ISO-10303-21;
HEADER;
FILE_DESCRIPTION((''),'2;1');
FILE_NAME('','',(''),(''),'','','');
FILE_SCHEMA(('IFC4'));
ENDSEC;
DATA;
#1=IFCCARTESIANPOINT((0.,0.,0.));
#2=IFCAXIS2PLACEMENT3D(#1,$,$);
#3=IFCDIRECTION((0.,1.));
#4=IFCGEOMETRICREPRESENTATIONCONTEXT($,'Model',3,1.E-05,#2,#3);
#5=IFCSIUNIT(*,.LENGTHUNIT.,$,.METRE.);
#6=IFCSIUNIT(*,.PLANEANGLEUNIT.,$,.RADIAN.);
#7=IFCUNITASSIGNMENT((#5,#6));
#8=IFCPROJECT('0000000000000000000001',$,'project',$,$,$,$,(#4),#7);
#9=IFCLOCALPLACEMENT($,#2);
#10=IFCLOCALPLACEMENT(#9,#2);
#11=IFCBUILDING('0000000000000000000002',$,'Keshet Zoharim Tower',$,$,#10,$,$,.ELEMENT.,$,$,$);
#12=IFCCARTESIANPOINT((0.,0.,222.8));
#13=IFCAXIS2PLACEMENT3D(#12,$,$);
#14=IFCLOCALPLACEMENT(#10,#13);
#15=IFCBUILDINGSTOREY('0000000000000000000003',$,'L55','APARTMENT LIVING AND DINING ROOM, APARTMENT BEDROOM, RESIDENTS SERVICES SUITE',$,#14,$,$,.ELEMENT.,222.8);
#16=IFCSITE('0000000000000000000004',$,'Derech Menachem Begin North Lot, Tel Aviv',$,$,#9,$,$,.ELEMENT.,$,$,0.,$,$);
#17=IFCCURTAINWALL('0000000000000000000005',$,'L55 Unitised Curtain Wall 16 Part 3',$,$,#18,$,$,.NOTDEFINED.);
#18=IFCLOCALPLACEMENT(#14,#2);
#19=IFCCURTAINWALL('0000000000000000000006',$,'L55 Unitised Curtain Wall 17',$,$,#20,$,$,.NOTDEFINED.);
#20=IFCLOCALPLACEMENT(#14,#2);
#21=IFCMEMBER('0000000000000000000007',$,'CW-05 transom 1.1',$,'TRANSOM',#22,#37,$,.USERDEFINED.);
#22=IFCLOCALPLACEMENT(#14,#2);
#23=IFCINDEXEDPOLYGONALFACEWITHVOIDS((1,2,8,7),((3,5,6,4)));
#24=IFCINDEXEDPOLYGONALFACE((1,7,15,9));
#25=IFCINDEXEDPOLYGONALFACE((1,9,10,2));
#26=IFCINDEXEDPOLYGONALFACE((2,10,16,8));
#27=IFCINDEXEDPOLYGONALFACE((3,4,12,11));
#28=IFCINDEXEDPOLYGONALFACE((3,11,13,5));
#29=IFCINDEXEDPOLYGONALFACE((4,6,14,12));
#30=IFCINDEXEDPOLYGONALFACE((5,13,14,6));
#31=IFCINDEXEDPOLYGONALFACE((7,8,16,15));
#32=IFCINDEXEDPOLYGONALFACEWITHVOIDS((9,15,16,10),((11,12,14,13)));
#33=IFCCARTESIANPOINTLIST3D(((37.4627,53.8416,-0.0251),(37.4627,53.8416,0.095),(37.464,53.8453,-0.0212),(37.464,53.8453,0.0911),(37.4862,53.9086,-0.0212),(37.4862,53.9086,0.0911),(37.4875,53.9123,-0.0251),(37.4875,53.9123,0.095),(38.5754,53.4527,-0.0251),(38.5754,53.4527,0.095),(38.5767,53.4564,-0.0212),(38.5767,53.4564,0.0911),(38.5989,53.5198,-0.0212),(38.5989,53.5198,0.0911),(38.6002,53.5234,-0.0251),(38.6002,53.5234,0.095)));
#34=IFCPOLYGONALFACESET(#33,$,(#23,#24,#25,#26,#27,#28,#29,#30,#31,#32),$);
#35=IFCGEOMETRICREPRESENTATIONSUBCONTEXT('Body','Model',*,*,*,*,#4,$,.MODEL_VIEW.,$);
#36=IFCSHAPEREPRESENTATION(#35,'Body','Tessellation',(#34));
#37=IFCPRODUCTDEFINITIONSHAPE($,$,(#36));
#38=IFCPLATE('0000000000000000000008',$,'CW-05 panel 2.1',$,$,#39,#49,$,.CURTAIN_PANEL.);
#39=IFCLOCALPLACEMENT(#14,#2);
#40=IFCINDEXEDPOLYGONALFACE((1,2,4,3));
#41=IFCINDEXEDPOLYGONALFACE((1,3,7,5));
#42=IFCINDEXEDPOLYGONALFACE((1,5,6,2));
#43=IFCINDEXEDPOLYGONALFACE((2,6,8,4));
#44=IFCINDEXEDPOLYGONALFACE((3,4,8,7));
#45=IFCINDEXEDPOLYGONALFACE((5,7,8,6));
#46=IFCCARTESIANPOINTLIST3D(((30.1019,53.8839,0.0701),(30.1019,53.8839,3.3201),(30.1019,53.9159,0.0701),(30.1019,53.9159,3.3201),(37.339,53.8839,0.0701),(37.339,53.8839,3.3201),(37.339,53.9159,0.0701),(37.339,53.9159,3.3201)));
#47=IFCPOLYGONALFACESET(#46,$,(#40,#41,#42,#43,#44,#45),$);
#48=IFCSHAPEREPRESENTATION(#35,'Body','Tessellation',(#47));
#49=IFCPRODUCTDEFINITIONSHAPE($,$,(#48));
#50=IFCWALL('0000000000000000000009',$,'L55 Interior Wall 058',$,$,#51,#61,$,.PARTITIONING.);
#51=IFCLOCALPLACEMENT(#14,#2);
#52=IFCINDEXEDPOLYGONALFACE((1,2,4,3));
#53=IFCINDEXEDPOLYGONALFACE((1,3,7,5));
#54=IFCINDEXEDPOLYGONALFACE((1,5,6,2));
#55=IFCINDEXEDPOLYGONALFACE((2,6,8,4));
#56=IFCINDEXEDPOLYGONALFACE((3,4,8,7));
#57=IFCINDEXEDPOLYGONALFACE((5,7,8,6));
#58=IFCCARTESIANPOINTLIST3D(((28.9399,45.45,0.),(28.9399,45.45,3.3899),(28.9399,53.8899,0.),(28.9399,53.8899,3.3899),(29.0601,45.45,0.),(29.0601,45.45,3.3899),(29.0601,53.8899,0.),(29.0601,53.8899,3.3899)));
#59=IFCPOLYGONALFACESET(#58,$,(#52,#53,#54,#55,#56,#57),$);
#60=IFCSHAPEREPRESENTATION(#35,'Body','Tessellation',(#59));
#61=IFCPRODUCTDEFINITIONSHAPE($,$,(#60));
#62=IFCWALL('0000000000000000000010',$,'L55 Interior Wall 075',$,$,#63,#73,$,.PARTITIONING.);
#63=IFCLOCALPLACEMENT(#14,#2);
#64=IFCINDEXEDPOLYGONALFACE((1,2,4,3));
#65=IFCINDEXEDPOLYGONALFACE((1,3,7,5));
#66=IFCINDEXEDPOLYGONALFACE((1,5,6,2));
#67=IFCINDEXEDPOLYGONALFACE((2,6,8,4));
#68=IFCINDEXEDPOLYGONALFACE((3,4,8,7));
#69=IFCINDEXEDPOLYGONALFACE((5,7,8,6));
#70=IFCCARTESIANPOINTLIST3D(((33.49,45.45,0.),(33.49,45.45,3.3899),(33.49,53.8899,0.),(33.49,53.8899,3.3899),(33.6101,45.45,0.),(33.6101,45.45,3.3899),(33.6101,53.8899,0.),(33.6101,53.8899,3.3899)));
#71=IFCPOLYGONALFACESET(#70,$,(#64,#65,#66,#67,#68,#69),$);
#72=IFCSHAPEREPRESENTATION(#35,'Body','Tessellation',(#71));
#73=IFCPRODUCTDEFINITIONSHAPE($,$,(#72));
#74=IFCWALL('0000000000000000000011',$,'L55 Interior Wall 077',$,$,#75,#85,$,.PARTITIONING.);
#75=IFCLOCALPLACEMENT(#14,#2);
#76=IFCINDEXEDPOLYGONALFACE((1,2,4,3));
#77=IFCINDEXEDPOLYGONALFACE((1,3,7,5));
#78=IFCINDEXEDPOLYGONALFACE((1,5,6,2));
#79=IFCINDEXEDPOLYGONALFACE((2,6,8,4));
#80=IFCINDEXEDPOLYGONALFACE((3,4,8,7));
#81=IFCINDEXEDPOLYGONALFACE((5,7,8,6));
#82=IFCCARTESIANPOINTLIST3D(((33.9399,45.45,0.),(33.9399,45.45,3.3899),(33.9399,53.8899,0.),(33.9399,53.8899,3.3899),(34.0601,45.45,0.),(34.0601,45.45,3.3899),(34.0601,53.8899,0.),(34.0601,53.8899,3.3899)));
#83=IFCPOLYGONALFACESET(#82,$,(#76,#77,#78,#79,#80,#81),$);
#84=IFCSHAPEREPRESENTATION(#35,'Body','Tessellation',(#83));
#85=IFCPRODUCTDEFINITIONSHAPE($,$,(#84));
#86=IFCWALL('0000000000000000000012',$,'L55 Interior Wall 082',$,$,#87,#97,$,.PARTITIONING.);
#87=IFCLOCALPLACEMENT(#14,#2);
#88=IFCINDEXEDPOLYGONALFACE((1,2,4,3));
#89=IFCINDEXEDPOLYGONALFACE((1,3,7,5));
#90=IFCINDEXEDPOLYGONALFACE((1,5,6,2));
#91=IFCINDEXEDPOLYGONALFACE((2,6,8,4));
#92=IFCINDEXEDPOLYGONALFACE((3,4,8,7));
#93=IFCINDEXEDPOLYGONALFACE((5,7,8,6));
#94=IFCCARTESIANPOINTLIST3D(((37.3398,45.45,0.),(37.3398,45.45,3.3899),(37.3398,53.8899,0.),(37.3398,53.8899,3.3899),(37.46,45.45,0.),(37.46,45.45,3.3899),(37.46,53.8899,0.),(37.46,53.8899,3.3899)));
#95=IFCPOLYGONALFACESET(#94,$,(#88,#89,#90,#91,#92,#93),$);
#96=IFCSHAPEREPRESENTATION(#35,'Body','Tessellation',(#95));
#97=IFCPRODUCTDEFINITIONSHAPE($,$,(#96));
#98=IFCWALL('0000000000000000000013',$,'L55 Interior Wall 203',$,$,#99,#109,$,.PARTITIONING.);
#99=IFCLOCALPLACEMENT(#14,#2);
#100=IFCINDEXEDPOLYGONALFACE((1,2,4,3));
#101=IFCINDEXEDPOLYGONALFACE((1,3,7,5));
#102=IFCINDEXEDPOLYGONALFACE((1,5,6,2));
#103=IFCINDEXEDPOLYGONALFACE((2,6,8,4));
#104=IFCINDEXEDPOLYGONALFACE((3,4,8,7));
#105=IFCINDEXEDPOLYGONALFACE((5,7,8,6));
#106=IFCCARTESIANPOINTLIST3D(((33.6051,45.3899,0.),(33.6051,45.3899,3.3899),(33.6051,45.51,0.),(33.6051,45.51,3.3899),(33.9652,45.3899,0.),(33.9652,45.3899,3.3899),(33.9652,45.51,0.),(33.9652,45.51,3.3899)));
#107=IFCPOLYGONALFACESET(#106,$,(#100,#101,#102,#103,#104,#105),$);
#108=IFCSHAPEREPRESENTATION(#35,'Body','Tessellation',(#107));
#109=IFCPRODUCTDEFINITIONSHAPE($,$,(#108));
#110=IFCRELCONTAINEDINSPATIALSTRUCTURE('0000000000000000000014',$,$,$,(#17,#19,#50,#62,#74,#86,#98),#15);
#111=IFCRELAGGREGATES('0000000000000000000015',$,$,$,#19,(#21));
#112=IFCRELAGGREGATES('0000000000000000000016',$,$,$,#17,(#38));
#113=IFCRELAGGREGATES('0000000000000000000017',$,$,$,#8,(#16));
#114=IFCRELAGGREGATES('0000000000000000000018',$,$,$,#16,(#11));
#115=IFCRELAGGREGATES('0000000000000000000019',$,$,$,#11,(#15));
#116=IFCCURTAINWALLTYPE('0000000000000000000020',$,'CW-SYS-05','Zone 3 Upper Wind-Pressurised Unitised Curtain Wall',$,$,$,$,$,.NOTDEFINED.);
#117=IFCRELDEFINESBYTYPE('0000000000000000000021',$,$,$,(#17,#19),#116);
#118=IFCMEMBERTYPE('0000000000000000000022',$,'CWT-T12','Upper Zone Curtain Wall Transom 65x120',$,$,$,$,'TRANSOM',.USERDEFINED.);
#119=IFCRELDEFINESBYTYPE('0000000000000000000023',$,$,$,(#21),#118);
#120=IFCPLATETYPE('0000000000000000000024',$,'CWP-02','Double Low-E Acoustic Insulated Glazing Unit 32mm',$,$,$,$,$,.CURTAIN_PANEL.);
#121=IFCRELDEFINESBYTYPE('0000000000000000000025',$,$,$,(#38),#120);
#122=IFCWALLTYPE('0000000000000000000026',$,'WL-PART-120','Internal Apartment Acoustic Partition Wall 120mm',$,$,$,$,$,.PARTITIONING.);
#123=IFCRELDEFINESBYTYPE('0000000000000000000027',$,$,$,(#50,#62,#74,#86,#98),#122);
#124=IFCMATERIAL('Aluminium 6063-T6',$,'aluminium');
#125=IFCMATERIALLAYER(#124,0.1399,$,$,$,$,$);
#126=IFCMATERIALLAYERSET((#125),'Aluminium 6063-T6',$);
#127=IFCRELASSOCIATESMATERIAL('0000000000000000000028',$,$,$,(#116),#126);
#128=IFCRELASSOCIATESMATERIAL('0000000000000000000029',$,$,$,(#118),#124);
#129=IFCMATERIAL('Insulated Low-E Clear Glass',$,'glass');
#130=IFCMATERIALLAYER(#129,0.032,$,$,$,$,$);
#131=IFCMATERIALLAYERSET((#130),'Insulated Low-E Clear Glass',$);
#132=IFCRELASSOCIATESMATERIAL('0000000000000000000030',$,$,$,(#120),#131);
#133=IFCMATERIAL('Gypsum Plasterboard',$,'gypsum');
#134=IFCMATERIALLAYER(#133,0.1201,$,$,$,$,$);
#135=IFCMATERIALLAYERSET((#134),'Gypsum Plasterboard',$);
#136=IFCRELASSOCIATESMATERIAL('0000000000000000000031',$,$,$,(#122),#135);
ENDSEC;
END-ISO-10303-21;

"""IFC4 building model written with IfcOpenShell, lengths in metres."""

from ifc_helpers import new_model, si_unit, direction, frame, frame_2d, origin, origin_2d, place, context, subcontext, project, spatial, rectangle, hollow_rectangle, extrude, material, layer, layer_set, material_profile, profile_set, type_object, element, aggregate, save


model = new_model("IFC4")

# Units and contexts
model_context = context("Model", 3, precision=1e-05, world=origin(), true_north=direction((0.0, 1.0)))
body_context = subcontext(model_context, "Body", "Model", "MODEL_VIEW")
ifc_project = project(units=[si_unit("LENGTHUNIT", "METRE"), si_unit("PLANEANGLEUNIT", "RADIAN")], contexts=[model_context])

# Site, building, storey
site_placement = place(None, origin())
site = spatial("IfcSite", under=ifc_project, at=site_placement, Name="Derech Menachem Begin North Lot, Tel Aviv", CompositionType="ELEMENT", RefElevation=0.0)
building_placement = place(site_placement, origin())
building = spatial("IfcBuilding", under=site, at=building_placement, Name="Keshet Zoharim Tower", CompositionType="ELEMENT")
storey_placement = place(building_placement, frame((0.0, 0.0, 222.8)))
storey = spatial("IfcBuildingStorey", under=building, at=storey_placement, Name="L55", Description="APARTMENT LIVING AND DINING ROOM, APARTMENT BEDROOM, RESIDENTS SERVICES SUITE", CompositionType="ELEMENT", Elevation=222.8)

# Curtain wall
ifc_material_1 = material(Name="Aluminium 6063-T6", Category="aluminium")
ifc_layer_1 = layer(ifc_material_1, 0.1399)
ifc_layer_set_1 = layer_set([ifc_layer_1], Name="Aluminium 6063-T6")
curtain_wall_type = type_object("IfcCurtainWallType", Name="CW-SYS-05", Description="Zone 3 Upper Wind-Pressurised Unitised Curtain Wall", PredefinedType="NOTDEFINED", material=ifc_layer_set_1)
curtain_wall_1_placement = place(storey_placement, origin())
curtain_wall_1 = element("IfcCurtainWall", 1, at=curtain_wall_1_placement, inside=storey, type_object=curtain_wall_type, Name="L55 Unitised Curtain Wall 16 Part 3", PredefinedType="NOTDEFINED")

# Curtain wall
curtain_wall_2_placement = place(storey_placement, origin())
curtain_wall_2 = element("IfcCurtainWall", 2, at=curtain_wall_2_placement, inside=storey, type_object=curtain_wall_type, Name="L55 Unitised Curtain Wall 17", PredefinedType="NOTDEFINED")

# Member
ifc_material_profile_1 = material_profile(ifc_material_1, hollow_rectangle(XDim=0.075, YDim=0.1201, WallThickness=0.0039, at=origin_2d()), Name="TRN-75x120")
ifc_profile_set_1 = profile_set([ifc_material_profile_1], Name="Aluminium 6063-T6")
member_type_1 = type_object("IfcMemberType", Name="CWT-T12", Description="Upper Zone Curtain Wall Transom 65x120", ElementType="TRANSOM", PredefinedType="USERDEFINED", material=ifc_profile_set_1)
member_1_placement = place(storey_placement, frame((37.4751, 53.877, 0.0349), z_axis=(0.944007, -0.329926, 0.0), x_axis=(0.329926, 0.944007, 0.0)))
member_1 = element("IfcMember", 3, at=member_1_placement, type_object=member_type_1, Name="CW-05 transom 1.1", ObjectType="TRANSOM", PredefinedType="USERDEFINED", context=body_context, shape_type="SweptSolid", body=[
    extrude(hollow_rectangle(XDim=0.075, YDim=0.1201, WallThickness=0.0039, at=origin_2d()), origin(), (0.0, 0.0, 1.0), 1.1787),
])
aggregate(curtain_wall_2, [member_1])

# Plate
ifc_material_2 = material(Name="Insulated Low-E Clear Glass", Category="glass")
ifc_layer_2 = layer(ifc_material_2, 0.032)
ifc_layer_set_2 = layer_set([ifc_layer_2], Name="Insulated Low-E Clear Glass")
plate_type = type_object("IfcPlateType", Name="CWP-02", Description="Double Low-E Acoustic Insulated Glazing Unit 32mm", PredefinedType="CURTAIN_PANEL", material=ifc_layer_set_2)
plate_placement = place(storey_placement, frame((33.7205, 53.8999, 0.0701), z_axis=(0.0, 0.0, 1.0), x_axis=(1.0, 0.0, 0.0)))
plate = element("IfcPlate", 4, at=plate_placement, type_object=plate_type, Name="CW-05 panel 2.1", PredefinedType="CURTAIN_PANEL", context=body_context, shape_type="SweptSolid", body=[
    extrude(rectangle(XDim=7.2371, YDim=0.032, at=origin_2d()), origin(), (0.0, 0.0, 1.0), 3.25),
])
aggregate(curtain_wall_1, [plate])

# Walls
ifc_material_3 = material(Name="Gypsum Plasterboard", Category="gypsum")
ifc_layer_3 = layer(ifc_material_3, 0.1201)
ifc_layer_set_3 = layer_set([ifc_layer_3], Name="Gypsum Plasterboard")
wall_type = type_object("IfcWallType", Name="WL-PART-120", Description="Internal Apartment Acoustic Partition Wall 120mm", PredefinedType="PARTITIONING", material=ifc_layer_set_3)
for number, where, z_axis, x_axis, name in (
    (5, (29.0, 45.45, 0.0), (0.0, 0.0, 1.0), (0.0, 1.0, 0.0), "L55 Interior Wall 058"),
    (6, (33.55, 45.45, 0.0), (0.0, 0.0, 1.0), (0.0, 1.0, 0.0), "L55 Interior Wall 075"),
    (7, (34.0, 45.45, 0.0), (0.0, 0.0, 1.0), (0.0, 1.0, 0.0), "L55 Interior Wall 077"),
    (8, (37.3999, 45.45, 0.0), (0.0, 0.0, 1.0), (0.0, 1.0, 0.0), "L55 Interior Wall 082"),
):
    element("IfcWall", number, at=place(storey_placement, frame(where, z_axis=z_axis, x_axis=x_axis)), inside=storey, type_object=wall_type, Name=name, PredefinedType="PARTITIONING", context=body_context, shape_type="SweptSolid", body=[
        extrude(rectangle(XDim=8.4399, YDim=0.1201, at=frame_2d((4.22, 0.0))), origin(), (0.0, 0.0, 1.0), 3.3899),
    ])
wall_1_placement = place(storey_placement, frame((33.605, 45.45, 0.0), z_axis=(0.0, 0.0, 1.0), x_axis=(1.0, 0.0, 0.0)))
element("IfcWall", 9, at=wall_1_placement, inside=storey, type_object=wall_type, Name="L55 Interior Wall 203", PredefinedType="PARTITIONING", context=body_context, shape_type="SweptSolid", body=[
    extrude(rectangle(XDim=0.3601, YDim=0.1201, at=frame_2d((0.1802, 0.0))), origin(), (0.0, 0.0, 1.0), 3.3899),
])

save(model, "model.ifc")
